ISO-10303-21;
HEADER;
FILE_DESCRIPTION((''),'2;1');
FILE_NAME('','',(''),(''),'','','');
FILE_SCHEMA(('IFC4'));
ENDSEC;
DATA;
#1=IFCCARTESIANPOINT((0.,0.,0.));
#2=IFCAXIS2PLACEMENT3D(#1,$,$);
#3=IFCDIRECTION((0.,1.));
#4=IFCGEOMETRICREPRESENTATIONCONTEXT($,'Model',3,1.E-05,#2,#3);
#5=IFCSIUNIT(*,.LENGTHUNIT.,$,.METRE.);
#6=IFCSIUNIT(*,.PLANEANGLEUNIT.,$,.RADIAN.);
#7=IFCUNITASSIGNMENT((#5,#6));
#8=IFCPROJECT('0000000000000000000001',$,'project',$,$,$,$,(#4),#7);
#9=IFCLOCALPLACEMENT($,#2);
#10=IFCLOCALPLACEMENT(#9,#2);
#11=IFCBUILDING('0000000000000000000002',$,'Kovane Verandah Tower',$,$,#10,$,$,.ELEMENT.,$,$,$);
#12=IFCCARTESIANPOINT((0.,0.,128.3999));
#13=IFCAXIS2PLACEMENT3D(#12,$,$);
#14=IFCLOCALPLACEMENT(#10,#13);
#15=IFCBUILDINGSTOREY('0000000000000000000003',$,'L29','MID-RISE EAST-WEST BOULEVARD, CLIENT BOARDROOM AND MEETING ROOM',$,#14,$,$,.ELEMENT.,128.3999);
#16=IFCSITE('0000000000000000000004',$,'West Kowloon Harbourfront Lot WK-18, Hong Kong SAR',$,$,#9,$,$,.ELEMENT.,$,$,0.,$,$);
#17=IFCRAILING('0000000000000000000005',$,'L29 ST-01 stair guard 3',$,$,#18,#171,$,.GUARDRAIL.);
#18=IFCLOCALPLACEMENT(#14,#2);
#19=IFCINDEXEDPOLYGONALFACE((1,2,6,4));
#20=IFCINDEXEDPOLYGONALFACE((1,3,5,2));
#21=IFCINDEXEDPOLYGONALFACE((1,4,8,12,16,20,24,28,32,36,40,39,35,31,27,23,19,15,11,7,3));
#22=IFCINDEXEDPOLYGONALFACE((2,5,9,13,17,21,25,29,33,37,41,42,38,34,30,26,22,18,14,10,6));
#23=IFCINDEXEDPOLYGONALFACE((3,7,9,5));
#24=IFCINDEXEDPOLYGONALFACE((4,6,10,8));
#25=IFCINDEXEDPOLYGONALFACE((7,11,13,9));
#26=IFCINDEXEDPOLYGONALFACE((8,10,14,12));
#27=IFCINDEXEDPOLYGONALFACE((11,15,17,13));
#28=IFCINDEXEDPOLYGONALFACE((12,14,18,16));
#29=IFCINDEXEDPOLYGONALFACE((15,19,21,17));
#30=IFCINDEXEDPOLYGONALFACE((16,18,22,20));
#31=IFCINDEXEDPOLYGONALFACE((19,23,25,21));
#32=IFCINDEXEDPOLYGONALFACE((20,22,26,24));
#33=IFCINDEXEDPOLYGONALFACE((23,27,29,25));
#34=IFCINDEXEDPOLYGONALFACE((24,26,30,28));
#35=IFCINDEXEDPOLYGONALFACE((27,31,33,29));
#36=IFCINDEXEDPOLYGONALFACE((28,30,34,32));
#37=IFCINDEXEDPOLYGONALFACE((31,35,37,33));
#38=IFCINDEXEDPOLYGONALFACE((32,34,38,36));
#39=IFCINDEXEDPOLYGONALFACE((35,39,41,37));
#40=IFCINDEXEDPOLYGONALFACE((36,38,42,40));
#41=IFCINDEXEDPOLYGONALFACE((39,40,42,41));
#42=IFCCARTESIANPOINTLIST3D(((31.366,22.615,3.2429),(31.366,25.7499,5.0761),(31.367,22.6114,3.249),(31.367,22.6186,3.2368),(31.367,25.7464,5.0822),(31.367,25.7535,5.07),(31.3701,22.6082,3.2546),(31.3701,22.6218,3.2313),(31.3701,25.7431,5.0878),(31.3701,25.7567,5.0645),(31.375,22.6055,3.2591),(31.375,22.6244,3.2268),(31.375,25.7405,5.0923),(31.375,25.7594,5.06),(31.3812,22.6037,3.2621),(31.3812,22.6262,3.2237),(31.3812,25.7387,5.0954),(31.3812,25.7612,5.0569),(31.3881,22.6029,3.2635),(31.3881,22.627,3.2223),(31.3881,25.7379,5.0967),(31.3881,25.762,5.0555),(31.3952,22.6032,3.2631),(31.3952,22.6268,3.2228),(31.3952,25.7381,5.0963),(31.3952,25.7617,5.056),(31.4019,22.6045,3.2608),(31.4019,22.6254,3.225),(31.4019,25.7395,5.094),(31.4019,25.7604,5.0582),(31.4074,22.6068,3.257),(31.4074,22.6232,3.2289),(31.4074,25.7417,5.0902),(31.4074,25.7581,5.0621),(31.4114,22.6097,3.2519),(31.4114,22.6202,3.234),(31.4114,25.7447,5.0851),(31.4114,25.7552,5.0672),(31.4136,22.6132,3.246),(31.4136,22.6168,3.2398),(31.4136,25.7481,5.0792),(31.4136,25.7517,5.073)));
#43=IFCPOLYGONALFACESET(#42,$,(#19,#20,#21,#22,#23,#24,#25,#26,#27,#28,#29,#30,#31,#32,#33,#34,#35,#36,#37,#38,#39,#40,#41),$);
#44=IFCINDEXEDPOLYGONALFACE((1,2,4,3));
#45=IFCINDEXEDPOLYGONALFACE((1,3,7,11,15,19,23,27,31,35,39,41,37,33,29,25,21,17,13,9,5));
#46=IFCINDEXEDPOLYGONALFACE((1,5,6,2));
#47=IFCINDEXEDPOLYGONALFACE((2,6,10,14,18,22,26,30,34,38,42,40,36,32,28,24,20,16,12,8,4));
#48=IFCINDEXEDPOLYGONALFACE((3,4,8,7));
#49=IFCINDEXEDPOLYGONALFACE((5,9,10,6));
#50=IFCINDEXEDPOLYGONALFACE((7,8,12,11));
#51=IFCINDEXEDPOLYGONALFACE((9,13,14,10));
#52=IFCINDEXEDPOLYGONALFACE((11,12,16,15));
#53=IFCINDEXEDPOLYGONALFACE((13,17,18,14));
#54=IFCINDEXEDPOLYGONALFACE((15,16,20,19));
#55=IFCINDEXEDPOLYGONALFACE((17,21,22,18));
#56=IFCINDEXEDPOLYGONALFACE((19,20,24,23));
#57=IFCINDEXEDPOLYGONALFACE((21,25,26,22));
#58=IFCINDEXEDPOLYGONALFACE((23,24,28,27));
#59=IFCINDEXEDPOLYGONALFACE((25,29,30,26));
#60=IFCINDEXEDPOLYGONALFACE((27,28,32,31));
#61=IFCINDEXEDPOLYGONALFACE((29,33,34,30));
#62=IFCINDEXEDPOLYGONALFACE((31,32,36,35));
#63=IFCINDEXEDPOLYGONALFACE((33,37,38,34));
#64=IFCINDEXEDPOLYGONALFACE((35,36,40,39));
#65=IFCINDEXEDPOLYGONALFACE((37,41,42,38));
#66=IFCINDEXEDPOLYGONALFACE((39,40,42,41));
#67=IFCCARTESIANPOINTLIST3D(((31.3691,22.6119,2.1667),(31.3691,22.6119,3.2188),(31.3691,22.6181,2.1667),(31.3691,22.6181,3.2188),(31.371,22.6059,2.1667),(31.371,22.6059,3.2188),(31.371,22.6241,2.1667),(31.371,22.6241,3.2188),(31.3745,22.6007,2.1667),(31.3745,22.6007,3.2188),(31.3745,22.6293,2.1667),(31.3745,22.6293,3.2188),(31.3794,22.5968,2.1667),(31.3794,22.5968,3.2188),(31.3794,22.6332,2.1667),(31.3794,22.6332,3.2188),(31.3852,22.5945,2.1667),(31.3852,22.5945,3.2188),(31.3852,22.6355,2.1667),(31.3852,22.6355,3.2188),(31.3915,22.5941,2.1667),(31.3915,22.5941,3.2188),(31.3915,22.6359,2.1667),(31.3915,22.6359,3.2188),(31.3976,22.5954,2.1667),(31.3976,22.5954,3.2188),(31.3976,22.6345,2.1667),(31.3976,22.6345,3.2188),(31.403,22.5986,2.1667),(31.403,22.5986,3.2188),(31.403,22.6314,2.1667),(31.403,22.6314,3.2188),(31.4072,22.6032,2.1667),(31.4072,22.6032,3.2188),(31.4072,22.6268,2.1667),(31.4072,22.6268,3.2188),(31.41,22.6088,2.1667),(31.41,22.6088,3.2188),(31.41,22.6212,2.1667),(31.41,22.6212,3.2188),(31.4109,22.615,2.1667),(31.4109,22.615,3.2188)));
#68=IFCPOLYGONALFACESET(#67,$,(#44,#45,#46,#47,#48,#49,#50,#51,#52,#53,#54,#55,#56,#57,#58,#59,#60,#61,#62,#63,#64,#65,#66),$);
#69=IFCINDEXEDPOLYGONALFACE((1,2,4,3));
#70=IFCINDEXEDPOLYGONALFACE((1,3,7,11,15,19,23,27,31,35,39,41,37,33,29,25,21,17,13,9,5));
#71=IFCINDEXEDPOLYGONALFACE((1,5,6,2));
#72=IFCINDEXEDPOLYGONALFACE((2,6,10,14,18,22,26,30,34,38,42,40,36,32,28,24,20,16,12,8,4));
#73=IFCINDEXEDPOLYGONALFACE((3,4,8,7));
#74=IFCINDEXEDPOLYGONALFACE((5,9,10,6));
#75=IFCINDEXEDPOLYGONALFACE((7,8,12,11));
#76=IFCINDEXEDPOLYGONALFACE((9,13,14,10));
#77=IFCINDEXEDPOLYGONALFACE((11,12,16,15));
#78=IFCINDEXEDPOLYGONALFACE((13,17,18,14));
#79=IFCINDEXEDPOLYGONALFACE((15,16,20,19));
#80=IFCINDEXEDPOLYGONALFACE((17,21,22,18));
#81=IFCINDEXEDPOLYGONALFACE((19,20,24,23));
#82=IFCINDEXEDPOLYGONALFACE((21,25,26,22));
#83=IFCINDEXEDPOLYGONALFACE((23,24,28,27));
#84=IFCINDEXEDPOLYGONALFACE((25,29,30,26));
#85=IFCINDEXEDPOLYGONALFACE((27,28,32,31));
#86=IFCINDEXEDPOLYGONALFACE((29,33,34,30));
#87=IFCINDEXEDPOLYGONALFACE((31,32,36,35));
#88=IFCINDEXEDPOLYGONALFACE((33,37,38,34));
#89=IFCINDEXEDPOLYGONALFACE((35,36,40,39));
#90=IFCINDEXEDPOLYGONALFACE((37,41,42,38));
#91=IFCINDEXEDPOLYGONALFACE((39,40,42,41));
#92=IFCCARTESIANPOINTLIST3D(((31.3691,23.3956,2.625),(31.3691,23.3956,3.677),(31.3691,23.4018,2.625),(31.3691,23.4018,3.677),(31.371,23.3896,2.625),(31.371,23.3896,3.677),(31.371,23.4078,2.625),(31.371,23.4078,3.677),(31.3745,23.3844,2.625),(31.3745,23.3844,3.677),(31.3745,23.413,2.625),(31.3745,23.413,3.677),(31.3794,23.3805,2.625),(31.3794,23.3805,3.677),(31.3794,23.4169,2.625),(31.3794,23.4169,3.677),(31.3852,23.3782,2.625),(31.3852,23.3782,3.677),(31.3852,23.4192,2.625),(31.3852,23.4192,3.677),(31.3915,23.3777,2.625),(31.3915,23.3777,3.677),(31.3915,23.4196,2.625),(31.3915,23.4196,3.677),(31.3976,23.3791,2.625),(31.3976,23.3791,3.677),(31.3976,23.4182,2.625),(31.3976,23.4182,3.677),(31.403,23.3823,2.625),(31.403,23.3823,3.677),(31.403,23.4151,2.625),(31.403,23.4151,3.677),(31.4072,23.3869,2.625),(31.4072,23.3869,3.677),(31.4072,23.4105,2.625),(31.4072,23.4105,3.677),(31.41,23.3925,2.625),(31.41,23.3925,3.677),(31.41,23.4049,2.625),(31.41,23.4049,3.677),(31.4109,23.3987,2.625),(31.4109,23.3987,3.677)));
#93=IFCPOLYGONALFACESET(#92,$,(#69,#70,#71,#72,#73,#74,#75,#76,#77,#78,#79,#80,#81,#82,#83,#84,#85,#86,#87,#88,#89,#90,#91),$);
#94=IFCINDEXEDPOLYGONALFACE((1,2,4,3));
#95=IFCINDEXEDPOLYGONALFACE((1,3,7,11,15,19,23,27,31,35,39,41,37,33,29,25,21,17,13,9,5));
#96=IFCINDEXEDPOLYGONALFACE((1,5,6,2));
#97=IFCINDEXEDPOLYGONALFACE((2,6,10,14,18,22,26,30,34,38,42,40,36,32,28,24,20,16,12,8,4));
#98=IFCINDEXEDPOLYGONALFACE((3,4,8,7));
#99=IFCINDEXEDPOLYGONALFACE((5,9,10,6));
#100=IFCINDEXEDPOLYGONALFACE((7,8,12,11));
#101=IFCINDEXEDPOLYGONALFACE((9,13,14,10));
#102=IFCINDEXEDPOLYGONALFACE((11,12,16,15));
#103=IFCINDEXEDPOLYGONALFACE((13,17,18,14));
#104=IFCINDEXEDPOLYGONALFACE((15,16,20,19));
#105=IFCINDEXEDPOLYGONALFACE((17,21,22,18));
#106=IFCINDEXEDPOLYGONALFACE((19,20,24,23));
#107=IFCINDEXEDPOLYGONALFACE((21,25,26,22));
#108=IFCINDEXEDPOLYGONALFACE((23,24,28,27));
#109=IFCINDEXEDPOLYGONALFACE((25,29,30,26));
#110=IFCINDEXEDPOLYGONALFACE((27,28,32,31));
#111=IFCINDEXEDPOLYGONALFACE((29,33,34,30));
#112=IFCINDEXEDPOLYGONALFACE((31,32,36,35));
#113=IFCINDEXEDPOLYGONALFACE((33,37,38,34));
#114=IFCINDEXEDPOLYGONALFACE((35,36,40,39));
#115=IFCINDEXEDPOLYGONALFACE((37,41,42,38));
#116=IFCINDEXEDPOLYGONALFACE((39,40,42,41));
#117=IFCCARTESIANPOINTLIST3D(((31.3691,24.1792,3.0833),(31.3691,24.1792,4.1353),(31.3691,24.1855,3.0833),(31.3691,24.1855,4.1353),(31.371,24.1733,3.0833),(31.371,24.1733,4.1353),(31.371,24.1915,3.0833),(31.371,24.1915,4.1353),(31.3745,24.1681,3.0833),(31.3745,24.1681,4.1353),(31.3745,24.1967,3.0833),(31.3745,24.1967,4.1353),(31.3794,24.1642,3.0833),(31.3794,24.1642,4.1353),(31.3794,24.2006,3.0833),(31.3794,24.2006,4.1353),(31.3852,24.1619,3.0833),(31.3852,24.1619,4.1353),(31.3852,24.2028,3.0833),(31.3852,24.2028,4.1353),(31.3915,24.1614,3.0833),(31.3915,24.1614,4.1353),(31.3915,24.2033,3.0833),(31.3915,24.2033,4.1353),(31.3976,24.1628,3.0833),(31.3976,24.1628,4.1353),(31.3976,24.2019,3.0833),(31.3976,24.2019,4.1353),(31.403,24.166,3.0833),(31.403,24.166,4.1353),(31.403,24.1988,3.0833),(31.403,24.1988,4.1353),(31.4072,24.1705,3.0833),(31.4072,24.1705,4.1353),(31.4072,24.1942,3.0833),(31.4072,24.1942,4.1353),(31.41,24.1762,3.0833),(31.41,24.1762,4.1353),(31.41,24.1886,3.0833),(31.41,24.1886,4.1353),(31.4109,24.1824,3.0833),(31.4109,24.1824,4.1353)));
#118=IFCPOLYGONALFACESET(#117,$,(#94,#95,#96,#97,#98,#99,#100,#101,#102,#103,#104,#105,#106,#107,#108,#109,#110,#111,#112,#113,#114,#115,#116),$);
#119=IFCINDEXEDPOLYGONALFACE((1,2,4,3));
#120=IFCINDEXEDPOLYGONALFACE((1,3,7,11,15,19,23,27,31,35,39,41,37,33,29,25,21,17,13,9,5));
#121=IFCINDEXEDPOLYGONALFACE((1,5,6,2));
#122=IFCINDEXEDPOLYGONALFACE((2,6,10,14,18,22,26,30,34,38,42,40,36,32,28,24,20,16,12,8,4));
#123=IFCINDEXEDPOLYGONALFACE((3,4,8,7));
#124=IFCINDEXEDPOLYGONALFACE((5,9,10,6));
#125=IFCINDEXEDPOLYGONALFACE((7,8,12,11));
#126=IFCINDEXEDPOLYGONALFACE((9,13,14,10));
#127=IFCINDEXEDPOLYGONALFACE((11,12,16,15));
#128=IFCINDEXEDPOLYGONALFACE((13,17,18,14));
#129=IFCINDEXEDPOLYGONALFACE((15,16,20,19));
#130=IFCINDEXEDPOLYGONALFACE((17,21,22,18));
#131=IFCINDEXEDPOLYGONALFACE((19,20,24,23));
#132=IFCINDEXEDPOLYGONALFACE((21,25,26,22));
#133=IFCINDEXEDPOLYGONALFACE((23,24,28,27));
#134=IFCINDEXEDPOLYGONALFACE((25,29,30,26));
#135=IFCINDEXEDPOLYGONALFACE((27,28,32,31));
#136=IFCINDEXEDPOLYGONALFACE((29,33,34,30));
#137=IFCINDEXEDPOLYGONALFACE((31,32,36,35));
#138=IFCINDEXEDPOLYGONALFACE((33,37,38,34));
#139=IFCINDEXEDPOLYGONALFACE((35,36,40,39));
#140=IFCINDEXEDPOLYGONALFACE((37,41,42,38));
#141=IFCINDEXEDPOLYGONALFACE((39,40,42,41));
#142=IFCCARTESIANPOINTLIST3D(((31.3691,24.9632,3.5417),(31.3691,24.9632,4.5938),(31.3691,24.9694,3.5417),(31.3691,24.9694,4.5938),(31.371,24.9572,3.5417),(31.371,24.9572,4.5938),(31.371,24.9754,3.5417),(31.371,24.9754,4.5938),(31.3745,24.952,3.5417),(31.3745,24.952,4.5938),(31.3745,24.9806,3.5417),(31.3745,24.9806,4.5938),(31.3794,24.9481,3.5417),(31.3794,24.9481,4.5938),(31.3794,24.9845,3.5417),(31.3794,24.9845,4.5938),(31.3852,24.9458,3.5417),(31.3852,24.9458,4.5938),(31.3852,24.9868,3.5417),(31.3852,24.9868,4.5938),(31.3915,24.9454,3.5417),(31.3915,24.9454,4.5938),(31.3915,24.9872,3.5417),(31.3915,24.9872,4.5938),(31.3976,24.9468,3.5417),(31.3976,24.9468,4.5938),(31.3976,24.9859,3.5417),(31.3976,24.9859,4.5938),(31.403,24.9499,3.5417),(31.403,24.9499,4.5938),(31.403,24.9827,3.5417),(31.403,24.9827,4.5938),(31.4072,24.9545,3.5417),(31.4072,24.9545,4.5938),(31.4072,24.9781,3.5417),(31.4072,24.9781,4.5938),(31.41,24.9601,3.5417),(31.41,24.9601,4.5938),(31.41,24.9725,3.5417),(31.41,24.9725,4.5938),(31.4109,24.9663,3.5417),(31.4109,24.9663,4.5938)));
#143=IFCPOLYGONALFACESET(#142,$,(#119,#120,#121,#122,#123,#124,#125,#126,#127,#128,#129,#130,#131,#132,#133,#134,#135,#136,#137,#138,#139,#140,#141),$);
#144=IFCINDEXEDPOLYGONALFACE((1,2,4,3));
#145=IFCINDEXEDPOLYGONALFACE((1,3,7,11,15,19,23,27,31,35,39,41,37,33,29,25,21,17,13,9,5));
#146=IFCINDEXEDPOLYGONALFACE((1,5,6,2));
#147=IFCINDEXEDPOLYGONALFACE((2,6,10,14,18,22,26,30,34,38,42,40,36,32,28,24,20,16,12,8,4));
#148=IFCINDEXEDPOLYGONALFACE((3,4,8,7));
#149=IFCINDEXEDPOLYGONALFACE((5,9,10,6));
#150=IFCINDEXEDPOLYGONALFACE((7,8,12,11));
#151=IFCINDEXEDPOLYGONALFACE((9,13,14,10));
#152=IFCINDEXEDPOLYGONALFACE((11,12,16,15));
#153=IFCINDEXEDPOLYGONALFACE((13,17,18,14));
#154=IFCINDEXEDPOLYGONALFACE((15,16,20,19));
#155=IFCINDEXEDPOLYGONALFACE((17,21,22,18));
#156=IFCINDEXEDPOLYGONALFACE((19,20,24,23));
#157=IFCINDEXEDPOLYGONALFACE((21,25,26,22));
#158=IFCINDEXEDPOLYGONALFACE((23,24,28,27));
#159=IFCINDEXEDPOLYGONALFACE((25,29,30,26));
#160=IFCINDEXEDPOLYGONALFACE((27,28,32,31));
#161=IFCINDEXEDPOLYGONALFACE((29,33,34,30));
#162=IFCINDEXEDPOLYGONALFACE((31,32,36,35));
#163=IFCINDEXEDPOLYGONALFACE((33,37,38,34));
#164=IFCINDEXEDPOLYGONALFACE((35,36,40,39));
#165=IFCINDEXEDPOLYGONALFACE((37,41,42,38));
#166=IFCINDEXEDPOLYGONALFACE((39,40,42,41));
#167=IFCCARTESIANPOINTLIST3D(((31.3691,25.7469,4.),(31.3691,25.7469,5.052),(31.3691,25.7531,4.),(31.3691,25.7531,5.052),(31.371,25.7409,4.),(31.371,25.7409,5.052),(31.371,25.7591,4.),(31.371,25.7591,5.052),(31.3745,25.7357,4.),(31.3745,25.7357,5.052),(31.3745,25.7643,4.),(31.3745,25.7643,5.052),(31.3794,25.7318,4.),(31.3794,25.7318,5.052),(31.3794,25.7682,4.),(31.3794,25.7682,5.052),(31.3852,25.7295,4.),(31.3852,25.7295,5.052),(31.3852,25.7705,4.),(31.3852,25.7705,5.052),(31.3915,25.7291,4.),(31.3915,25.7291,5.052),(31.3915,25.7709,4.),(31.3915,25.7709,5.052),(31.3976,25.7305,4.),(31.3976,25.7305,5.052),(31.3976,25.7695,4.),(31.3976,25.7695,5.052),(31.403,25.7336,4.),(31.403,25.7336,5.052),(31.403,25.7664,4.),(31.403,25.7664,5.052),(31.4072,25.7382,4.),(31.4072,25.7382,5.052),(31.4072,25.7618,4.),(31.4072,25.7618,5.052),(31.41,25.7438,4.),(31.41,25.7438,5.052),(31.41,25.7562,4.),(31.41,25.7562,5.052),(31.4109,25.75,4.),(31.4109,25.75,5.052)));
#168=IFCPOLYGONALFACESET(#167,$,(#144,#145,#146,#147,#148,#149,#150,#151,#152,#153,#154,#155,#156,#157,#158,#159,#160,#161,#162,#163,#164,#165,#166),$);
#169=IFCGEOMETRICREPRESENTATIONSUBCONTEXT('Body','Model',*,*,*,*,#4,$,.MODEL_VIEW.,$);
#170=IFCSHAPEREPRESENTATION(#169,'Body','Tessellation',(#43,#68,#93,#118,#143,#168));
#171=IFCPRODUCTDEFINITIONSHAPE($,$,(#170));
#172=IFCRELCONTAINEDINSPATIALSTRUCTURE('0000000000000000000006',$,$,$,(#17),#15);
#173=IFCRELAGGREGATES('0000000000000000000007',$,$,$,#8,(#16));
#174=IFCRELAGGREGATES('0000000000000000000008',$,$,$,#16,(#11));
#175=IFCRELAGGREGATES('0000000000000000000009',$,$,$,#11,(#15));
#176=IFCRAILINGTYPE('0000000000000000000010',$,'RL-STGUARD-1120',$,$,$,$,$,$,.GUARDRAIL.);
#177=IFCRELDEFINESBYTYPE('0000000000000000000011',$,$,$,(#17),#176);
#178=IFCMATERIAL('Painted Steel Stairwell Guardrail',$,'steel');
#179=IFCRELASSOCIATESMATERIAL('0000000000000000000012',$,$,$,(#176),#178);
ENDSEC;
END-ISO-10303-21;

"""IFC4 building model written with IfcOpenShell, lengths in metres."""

from ifc_helpers import new_model, si_unit, direction, frame, origin, origin_2d, place, context, subcontext, project, spatial, circle, extrude, material, type_object, element, save


model = new_model("IFC4")

# Units and contexts
model_context = context("Model", 3, precision=1e-05, world=origin(), true_north=direction((0.0, 1.0)))
body_context = subcontext(model_context, "Body", "Model", "MODEL_VIEW")
ifc_project = project(units=[si_unit("LENGTHUNIT", "METRE"), si_unit("PLANEANGLEUNIT", "RADIAN")], contexts=[model_context])

# Site, building, storey
site_placement = place(None, origin())
site = spatial("IfcSite", under=ifc_project, at=site_placement, Name="West Kowloon Harbourfront Lot WK-18, Hong Kong SAR", CompositionType="ELEMENT", RefElevation=0.0)
building_placement = place(site_placement, origin())
building = spatial("IfcBuilding", under=site, at=building_placement, Name="Kovane Verandah Tower", CompositionType="ELEMENT")
storey_placement = place(building_placement, frame((0.0, 0.0, 128.3999)))
storey = spatial("IfcBuildingStorey", under=building, at=storey_placement, Name="L29", Description="MID-RISE EAST-WEST BOULEVARD, CLIENT BOARDROOM AND MEETING ROOM", CompositionType="ELEMENT", Elevation=128.3999)

# Railing
ifc_material_1 = material(Name="Painted Steel Stairwell Guardrail", Category="steel")
railing_type_1 = type_object("IfcRailingType", Name="RL-STGUARD-1120", PredefinedType="GUARDRAIL", material=ifc_material_1)
railing_1_placement = place(storey_placement, frame((31.3899, 22.615, 2.1667)))
element("IfcRailing", 1, at=railing_1_placement, inside=storey, type_object=railing_type_1, Name="L29 ST-01 stair guard 3", PredefinedType="GUARDRAIL", context=body_context, shape_type="SweptSolid", body=[
    extrude(circle(Radius=0.0239, at=origin_2d()), frame((0.0, 0.0, 1.0762), z_axis=(0.0, 0.86324, 0.504794), x_axis=(-1.0, 0.0, 0.0)), (0.0, 0.0, 1.0), 3.6316),
    extrude(circle(Radius=0.021, at=origin_2d()), origin(), (0.0, 0.0, 1.0), 1.052),
    extrude(circle(Radius=0.021, at=origin_2d()), frame((0.0, 0.7837, 0.4583)), (0.0, 0.0, 1.0), 1.052),
    extrude(circle(Radius=0.021, at=origin_2d()), frame((0.0, 1.5674, 0.9165)), (0.0, 0.0, 1.0), 1.052),
    extrude(circle(Radius=0.021, at=origin_2d()), frame((0.0, 2.3513, 1.375)), (0.0, 0.0, 1.0), 1.052),
    extrude(circle(Radius=0.021, at=origin_2d()), frame((0.0, 3.135, 1.8333)), (0.0, 0.0, 1.0), 1.052),
])

save(model, "model.ifc")
